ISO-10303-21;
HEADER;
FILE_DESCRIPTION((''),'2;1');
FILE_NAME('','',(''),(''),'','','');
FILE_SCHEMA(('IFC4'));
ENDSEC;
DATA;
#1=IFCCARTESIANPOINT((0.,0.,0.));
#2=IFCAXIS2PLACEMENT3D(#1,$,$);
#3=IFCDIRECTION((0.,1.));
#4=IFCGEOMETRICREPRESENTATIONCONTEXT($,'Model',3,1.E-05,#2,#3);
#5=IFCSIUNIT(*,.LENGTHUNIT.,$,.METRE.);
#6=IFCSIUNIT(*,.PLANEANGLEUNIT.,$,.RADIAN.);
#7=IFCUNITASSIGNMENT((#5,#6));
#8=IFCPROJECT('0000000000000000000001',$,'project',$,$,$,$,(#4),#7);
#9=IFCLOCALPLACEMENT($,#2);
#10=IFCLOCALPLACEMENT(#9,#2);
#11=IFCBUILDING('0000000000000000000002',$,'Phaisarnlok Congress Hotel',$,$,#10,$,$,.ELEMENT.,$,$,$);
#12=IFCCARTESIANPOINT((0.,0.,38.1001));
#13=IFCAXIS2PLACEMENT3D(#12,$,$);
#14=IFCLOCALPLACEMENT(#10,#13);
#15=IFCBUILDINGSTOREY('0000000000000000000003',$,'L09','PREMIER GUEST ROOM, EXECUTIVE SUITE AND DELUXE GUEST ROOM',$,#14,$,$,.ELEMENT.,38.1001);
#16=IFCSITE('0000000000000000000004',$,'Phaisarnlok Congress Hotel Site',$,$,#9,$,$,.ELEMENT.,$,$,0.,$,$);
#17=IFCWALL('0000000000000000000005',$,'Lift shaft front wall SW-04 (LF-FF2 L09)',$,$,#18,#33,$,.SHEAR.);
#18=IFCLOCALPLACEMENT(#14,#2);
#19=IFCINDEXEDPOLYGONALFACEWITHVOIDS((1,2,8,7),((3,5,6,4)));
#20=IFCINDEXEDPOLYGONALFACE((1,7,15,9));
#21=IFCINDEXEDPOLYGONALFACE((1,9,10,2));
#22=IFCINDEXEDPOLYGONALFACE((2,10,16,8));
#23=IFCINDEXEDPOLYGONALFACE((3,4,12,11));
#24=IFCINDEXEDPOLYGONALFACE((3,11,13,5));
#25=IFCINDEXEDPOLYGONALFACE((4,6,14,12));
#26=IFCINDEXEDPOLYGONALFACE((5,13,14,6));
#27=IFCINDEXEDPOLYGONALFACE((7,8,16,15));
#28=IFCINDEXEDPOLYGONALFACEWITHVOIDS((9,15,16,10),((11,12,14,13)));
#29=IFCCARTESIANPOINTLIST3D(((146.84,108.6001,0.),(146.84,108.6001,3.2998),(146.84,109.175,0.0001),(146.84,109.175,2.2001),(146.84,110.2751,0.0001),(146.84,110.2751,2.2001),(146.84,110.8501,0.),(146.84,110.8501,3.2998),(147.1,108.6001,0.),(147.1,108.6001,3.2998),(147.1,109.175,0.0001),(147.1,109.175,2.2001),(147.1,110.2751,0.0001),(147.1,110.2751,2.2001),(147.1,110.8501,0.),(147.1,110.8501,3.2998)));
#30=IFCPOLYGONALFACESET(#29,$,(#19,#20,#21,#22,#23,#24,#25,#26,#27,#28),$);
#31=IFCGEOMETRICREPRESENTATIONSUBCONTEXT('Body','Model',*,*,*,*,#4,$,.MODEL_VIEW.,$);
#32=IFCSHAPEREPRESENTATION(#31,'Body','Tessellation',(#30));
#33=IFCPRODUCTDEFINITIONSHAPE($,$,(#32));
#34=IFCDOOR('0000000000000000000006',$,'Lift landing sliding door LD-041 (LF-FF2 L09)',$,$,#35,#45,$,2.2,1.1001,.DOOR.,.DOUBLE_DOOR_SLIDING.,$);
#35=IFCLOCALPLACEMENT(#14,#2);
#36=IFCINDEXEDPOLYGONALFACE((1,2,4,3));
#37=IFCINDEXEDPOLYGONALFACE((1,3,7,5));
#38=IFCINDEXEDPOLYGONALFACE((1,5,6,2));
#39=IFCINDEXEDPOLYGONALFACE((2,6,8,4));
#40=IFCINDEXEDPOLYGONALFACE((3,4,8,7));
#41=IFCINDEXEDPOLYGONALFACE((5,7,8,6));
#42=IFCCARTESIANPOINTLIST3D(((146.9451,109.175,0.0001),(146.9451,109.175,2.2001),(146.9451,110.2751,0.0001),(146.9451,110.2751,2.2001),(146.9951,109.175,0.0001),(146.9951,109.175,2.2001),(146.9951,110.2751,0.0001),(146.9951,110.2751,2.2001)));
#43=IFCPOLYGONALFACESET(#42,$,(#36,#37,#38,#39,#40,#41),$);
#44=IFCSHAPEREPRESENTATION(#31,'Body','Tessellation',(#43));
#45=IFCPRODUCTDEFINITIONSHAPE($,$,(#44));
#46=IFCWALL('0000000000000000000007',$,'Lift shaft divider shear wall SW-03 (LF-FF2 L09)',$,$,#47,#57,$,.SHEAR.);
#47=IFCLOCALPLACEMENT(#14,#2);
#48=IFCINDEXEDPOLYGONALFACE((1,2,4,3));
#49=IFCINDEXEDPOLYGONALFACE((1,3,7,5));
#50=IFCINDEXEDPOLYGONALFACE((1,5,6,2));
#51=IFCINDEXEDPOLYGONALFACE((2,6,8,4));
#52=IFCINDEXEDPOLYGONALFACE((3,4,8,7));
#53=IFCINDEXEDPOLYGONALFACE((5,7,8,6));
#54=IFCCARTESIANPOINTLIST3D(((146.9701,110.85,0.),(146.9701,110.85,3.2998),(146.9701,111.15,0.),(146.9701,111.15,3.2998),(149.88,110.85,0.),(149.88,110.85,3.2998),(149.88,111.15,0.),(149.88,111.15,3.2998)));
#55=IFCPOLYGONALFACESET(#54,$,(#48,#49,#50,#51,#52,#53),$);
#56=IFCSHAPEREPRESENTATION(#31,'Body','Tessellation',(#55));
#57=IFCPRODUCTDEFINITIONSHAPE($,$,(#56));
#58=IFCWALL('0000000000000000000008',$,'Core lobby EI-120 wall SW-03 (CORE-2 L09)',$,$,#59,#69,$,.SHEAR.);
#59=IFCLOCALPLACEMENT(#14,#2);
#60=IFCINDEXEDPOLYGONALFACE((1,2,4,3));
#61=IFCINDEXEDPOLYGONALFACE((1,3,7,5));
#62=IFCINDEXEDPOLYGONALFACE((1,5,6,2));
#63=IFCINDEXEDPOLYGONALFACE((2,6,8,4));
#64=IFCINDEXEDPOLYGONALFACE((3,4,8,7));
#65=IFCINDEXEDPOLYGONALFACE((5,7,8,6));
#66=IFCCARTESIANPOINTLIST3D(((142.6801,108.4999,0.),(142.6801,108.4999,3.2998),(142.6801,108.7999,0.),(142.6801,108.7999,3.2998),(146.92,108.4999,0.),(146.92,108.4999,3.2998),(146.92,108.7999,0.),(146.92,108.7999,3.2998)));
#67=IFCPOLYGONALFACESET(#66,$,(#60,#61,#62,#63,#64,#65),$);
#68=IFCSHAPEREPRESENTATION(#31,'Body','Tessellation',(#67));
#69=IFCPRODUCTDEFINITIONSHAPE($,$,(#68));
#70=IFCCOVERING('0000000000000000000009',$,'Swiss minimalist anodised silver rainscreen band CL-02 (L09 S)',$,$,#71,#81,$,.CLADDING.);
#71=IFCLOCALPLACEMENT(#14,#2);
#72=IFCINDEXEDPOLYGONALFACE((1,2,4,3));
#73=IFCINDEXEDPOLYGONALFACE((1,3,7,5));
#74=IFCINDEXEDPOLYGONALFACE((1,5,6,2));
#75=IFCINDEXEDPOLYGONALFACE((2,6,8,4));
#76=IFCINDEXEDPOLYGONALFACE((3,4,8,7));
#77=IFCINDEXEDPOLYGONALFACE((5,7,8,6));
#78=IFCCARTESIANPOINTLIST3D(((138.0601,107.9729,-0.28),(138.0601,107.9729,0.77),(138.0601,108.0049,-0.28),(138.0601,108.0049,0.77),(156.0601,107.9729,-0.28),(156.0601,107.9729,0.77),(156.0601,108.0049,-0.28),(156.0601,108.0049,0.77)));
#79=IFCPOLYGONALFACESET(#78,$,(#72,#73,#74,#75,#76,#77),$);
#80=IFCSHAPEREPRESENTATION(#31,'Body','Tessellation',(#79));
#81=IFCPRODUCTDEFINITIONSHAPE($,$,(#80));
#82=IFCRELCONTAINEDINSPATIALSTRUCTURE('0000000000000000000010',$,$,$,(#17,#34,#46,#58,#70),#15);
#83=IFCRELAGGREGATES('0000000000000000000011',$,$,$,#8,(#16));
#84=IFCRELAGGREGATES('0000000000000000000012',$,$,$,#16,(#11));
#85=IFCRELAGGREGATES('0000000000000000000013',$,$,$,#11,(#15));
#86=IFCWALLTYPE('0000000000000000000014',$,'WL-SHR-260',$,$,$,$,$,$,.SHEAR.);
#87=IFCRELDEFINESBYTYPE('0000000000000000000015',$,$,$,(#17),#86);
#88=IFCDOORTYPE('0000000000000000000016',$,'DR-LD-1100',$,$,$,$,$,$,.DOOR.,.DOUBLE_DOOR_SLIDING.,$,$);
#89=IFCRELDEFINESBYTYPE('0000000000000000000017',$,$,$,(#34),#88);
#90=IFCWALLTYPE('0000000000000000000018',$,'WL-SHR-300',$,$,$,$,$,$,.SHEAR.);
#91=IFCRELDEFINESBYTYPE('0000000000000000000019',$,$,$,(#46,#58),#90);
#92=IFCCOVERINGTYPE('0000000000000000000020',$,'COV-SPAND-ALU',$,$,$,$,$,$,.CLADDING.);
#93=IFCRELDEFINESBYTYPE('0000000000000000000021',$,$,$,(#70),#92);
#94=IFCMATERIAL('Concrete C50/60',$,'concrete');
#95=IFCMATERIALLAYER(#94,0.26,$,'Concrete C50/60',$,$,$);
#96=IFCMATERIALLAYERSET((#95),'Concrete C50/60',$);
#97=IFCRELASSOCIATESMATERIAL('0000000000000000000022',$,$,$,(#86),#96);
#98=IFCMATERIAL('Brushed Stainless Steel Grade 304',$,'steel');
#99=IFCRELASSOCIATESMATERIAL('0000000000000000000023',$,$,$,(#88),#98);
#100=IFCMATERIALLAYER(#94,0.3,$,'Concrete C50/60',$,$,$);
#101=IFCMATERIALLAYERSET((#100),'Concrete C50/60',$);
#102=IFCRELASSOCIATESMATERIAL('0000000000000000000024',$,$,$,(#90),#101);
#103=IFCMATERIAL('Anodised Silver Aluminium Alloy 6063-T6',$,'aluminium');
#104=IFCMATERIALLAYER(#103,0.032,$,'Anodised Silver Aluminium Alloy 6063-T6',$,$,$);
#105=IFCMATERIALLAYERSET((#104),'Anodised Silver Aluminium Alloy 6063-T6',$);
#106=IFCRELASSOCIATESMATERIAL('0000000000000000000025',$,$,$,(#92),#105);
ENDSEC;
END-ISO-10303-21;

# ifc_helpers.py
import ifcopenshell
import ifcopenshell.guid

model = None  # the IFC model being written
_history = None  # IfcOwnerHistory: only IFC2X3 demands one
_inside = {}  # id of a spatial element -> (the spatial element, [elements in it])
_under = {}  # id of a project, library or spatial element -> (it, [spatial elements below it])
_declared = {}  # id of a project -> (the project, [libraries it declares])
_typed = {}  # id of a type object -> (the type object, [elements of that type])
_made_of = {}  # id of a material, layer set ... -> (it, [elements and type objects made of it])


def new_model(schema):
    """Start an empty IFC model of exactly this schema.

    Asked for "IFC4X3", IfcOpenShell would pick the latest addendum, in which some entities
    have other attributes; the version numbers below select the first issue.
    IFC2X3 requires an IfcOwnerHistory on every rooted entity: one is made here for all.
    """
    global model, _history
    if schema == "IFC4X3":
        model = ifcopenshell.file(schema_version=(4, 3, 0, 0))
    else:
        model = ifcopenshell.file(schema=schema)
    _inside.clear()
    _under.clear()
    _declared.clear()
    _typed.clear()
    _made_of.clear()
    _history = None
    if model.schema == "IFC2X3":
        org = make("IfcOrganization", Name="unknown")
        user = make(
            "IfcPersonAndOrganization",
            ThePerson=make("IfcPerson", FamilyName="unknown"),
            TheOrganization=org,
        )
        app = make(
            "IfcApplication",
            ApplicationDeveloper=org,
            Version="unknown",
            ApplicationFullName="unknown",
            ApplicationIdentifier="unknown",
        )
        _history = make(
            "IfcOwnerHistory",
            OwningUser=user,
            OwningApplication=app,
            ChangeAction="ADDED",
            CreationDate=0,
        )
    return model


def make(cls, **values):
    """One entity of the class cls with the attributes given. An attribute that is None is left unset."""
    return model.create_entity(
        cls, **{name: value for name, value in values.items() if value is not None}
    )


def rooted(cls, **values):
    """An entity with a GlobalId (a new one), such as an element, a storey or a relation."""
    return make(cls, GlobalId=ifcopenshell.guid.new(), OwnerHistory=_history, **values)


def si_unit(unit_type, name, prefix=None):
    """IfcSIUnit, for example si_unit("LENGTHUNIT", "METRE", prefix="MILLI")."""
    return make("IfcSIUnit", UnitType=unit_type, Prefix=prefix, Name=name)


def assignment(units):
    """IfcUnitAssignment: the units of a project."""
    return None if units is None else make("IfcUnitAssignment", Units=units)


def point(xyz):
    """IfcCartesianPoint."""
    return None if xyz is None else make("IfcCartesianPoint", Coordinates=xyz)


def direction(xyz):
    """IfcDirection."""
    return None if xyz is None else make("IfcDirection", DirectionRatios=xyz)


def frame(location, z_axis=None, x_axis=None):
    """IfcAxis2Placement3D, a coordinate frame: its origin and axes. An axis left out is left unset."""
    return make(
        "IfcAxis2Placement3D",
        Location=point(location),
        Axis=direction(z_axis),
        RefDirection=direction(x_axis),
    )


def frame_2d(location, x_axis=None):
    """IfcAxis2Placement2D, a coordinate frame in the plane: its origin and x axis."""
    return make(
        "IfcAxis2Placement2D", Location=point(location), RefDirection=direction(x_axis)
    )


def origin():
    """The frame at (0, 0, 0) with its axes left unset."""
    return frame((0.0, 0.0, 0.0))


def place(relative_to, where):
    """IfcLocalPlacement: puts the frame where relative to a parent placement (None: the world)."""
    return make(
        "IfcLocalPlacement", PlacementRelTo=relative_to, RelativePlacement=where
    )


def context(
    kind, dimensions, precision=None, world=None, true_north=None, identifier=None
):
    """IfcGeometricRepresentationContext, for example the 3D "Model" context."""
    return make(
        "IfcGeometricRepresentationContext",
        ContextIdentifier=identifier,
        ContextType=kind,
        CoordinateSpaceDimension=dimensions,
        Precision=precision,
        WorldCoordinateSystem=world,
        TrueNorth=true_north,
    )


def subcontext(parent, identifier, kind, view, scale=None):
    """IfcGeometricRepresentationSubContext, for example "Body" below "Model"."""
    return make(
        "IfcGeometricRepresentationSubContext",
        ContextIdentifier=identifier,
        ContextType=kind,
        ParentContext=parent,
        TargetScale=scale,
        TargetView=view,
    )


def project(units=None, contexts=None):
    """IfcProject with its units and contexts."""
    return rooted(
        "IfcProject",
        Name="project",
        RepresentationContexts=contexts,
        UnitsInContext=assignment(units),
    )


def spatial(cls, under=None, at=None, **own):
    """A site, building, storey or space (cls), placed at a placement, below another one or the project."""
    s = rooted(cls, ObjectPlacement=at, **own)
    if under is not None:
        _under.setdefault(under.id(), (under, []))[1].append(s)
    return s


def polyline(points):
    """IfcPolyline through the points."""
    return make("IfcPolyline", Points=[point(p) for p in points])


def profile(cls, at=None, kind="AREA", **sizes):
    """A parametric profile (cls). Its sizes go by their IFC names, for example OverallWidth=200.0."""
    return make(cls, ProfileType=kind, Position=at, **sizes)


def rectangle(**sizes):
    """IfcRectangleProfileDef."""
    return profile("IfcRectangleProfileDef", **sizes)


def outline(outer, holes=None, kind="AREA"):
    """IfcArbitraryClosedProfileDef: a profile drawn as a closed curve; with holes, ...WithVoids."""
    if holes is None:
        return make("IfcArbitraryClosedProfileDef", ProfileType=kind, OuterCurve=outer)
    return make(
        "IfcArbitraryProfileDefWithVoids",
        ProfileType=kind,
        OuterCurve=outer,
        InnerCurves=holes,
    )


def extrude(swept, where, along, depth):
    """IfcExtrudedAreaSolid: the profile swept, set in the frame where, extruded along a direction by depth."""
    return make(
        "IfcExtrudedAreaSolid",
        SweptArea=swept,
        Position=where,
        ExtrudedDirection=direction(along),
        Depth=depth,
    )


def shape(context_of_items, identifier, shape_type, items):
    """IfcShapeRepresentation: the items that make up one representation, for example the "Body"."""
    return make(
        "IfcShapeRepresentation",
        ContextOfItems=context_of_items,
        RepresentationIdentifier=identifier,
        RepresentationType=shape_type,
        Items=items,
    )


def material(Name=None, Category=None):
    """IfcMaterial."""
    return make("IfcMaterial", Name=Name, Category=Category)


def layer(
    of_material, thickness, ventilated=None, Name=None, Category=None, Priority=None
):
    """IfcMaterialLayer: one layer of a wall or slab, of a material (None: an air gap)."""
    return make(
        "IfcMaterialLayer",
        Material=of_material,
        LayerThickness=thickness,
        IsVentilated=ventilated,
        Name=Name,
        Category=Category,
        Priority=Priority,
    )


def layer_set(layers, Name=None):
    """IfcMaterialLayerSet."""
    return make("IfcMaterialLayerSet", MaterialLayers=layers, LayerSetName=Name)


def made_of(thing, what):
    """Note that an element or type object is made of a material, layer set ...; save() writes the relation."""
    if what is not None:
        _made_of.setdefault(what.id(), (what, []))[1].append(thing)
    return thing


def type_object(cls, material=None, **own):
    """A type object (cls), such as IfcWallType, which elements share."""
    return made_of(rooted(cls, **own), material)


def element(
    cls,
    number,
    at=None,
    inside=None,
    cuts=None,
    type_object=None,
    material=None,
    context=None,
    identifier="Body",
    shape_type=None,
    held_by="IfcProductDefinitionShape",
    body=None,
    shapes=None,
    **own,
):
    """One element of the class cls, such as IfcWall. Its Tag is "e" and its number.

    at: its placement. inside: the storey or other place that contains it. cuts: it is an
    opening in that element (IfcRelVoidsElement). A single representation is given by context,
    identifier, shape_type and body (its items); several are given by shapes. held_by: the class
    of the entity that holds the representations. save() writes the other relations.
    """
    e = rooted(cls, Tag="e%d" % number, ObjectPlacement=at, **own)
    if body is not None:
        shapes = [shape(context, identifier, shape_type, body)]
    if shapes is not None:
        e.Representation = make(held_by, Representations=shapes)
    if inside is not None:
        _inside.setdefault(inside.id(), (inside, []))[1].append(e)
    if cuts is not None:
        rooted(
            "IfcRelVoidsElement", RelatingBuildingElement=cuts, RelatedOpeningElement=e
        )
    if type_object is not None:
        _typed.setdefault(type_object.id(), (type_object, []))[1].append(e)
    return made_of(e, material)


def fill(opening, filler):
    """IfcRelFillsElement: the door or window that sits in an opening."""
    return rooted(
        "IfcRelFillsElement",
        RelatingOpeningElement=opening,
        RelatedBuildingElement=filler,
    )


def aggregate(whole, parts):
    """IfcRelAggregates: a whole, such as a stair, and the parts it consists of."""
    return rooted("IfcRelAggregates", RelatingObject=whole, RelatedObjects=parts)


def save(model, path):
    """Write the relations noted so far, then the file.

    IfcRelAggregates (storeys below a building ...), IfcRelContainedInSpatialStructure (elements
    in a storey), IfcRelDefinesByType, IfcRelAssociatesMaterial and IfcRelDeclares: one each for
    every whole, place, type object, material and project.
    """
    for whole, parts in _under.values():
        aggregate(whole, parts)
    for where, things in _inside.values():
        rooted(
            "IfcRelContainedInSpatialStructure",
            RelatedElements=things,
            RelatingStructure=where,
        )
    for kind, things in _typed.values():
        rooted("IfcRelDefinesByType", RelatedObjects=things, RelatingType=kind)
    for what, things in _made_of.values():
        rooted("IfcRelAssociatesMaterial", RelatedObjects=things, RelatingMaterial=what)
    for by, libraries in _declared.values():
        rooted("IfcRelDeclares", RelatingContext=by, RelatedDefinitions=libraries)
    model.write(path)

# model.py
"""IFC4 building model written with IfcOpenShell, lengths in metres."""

from ifc_helpers import new_model, si_unit, direction, frame, frame_2d, origin, place, context, subcontext, project, spatial, polyline, rectangle, outline, extrude, material, layer, layer_set, type_object, element, fill, save


model = new_model("IFC4")

# Units and contexts
model_context = context("Model", 3, precision=1e-05, world=origin(), true_north=direction((0.0, 1.0)))
body_context = subcontext(model_context, "Body", "Model", "MODEL_VIEW")
ifc_project = project(units=[si_unit("LENGTHUNIT", "METRE"), si_unit("PLANEANGLEUNIT", "RADIAN")], contexts=[model_context])

# Site, building, storey
site_placement = place(None, origin())
site = spatial("IfcSite", under=ifc_project, at=site_placement, Name="Phaisarnlok Congress Hotel Site", CompositionType="ELEMENT", RefElevation=0.0)
building_placement = place(site_placement, origin())
building = spatial("IfcBuilding", under=site, at=building_placement, Name="Phaisarnlok Congress Hotel", CompositionType="ELEMENT")
storey_placement = place(building_placement, frame((0.0, 0.0, 38.1001)))
storey = spatial("IfcBuildingStorey", under=building, at=storey_placement, Name="L09", Description="PREMIER GUEST ROOM, EXECUTIVE SUITE AND DELUXE GUEST ROOM", CompositionType="ELEMENT", Elevation=38.1001)

# Shared definitions
ifc_material_1 = material(Name="Concrete C50/60", Category="concrete")

# Shared definitions
ifc_layer_1 = layer(ifc_material_1, 0.26, Name="Concrete C50/60")
ifc_layer_set_1 = layer_set([ifc_layer_1], Name="Concrete C50/60")
wall_type_1 = type_object("IfcWallType", Name="WL-SHR-260", PredefinedType="SHEAR", material=ifc_layer_set_1)

# Wall, opening, door
wall_1_placement = place(storey_placement, frame((146.97, 108.6001, 0.0), z_axis=(0.0, 0.0, 1.0), x_axis=(0.0, 1.0, 0.0)))
wall_1 = element("IfcWall", 1, at=wall_1_placement, inside=storey, type_object=wall_type_1, Name="Lift shaft front wall SW-04 (LF-FF2 L09)", PredefinedType="SHEAR", context=body_context, shape_type="SweptSolid", body=[
    extrude(rectangle(XDim=2.25, YDim=0.26, at=frame_2d((1.125, 0.0))), origin(), (0.0, 0.0, 1.0), 3.2998),
])
opening_1_placement = place(wall_1_placement, frame((0.575, 0.0, 0.0)))
opening_1 = element("IfcOpeningElement", 2, at=opening_1_placement, cuts=wall_1, PredefinedType="OPENING", context=body_context, shape_type="SweptSolid", body=[
    extrude(rectangle(XDim=1.1001, YDim=2.2, at=frame_2d((0.55, 1.1001))), frame((0.0, 0.1401, 0.0), z_axis=(0.0, -1.0, 0.0), x_axis=(1.0, 0.0, 0.0)), (0.0, 0.0, 1.0), 0.28),
])
ifc_material_2 = material(Name="Brushed Stainless Steel Grade 304", Category="steel")
door_type_1 = type_object("IfcDoorType", Name="DR-LD-1100", OperationType="DOUBLE_DOOR_SLIDING", PredefinedType="DOOR", material=ifc_material_2)
door_1_placement = place(opening_1_placement, origin())
door_1 = element("IfcDoor", 3, at=door_1_placement, inside=storey, type_object=door_type_1, Name="Lift landing sliding door LD-041 (LF-FF2 L09)", OperationType="DOUBLE_DOOR_SLIDING", OverallHeight=2.2, OverallWidth=1.1001, PredefinedType="DOOR", context=body_context, shape_type="SweptSolid", body=[
    extrude(rectangle(XDim=1.1001, YDim=2.2, at=frame_2d((0.55, 1.1001))), frame((0.0, 0.0249, 0.0), z_axis=(0.0, -1.0, 0.0), x_axis=(1.0, 0.0, 0.0)), (0.0, 0.0, 1.0), 0.05),
])
fill(opening_1, door_1)

# Walls
ifc_layer_2 = layer(ifc_material_1, 0.3, Name="Concrete C50/60")
ifc_layer_set_2 = layer_set([ifc_layer_2], Name="Concrete C50/60")
wall_type_2 = type_object("IfcWallType", Name="WL-SHR-300", PredefinedType="SHEAR", material=ifc_layer_set_2)
wall_2_placement = place(storey_placement, frame((146.97, 111.0, 0.0), z_axis=(0.0, 0.0, 1.0), x_axis=(1.0, 0.0, 0.0)))
element("IfcWall", 4, at=wall_2_placement, inside=storey, type_object=wall_type_2, Name="Lift shaft divider shear wall SW-03 (LF-FF2 L09)", PredefinedType="SHEAR", context=body_context, shape_type="SweptSolid", body=[
    extrude(rectangle(XDim=2.9099, YDim=0.3, at=frame_2d((1.4551, 0.0))), origin(), (0.0, 0.0, 1.0), 3.2998),
])
wall_3_placement = place(storey_placement, frame((142.6799, 108.6499, 0.0), z_axis=(0.0, 0.0, 1.0), x_axis=(1.0, 0.0, 0.0)))
element("IfcWall", 5, at=wall_3_placement, inside=storey, type_object=wall_type_2, Name="Core lobby EI-120 wall SW-03 (CORE-2 L09)", PredefinedType="SHEAR", context=body_context, shape_type="SweptSolid", body=[
    extrude(rectangle(XDim=4.24, YDim=0.3, at=frame_2d((2.1201, 0.0))), origin(), (0.0, 0.0, 1.0), 3.2998),
])

# Covering
ifc_material_3 = material(Name="Anodised Silver Aluminium Alloy 6063-T6", Category="aluminium")
ifc_layer_3 = layer(ifc_material_3, 0.032, Name="Anodised Silver Aluminium Alloy 6063-T6")
ifc_layer_set_3 = layer_set([ifc_layer_3], Name="Anodised Silver Aluminium Alloy 6063-T6")
covering_type = type_object("IfcCoveringType", Name="COV-SPAND-ALU", PredefinedType="CLADDING", material=ifc_layer_set_3)
covering_placement = place(storey_placement, frame((138.0601, 108.0049, -0.28), z_axis=(0.0, -1.0, 0.0), x_axis=(1.0, 0.0, 0.0)))
element("IfcCovering", 6, at=covering_placement, inside=storey, type_object=covering_type, Name="Swiss minimalist anodised silver rainscreen band CL-02 (L09 S)", PredefinedType="CLADDING", context=body_context, shape_type="SweptSolid", body=[
    extrude(outline(polyline([(0.0, 0.0), (18.0, 0.0), (18.0, 1.05), (0.0, 1.05), (0.0, 0.0)])), origin(), (0.0, 0.0, 1.0), 0.032),
])

save(model, "model.ifc")
